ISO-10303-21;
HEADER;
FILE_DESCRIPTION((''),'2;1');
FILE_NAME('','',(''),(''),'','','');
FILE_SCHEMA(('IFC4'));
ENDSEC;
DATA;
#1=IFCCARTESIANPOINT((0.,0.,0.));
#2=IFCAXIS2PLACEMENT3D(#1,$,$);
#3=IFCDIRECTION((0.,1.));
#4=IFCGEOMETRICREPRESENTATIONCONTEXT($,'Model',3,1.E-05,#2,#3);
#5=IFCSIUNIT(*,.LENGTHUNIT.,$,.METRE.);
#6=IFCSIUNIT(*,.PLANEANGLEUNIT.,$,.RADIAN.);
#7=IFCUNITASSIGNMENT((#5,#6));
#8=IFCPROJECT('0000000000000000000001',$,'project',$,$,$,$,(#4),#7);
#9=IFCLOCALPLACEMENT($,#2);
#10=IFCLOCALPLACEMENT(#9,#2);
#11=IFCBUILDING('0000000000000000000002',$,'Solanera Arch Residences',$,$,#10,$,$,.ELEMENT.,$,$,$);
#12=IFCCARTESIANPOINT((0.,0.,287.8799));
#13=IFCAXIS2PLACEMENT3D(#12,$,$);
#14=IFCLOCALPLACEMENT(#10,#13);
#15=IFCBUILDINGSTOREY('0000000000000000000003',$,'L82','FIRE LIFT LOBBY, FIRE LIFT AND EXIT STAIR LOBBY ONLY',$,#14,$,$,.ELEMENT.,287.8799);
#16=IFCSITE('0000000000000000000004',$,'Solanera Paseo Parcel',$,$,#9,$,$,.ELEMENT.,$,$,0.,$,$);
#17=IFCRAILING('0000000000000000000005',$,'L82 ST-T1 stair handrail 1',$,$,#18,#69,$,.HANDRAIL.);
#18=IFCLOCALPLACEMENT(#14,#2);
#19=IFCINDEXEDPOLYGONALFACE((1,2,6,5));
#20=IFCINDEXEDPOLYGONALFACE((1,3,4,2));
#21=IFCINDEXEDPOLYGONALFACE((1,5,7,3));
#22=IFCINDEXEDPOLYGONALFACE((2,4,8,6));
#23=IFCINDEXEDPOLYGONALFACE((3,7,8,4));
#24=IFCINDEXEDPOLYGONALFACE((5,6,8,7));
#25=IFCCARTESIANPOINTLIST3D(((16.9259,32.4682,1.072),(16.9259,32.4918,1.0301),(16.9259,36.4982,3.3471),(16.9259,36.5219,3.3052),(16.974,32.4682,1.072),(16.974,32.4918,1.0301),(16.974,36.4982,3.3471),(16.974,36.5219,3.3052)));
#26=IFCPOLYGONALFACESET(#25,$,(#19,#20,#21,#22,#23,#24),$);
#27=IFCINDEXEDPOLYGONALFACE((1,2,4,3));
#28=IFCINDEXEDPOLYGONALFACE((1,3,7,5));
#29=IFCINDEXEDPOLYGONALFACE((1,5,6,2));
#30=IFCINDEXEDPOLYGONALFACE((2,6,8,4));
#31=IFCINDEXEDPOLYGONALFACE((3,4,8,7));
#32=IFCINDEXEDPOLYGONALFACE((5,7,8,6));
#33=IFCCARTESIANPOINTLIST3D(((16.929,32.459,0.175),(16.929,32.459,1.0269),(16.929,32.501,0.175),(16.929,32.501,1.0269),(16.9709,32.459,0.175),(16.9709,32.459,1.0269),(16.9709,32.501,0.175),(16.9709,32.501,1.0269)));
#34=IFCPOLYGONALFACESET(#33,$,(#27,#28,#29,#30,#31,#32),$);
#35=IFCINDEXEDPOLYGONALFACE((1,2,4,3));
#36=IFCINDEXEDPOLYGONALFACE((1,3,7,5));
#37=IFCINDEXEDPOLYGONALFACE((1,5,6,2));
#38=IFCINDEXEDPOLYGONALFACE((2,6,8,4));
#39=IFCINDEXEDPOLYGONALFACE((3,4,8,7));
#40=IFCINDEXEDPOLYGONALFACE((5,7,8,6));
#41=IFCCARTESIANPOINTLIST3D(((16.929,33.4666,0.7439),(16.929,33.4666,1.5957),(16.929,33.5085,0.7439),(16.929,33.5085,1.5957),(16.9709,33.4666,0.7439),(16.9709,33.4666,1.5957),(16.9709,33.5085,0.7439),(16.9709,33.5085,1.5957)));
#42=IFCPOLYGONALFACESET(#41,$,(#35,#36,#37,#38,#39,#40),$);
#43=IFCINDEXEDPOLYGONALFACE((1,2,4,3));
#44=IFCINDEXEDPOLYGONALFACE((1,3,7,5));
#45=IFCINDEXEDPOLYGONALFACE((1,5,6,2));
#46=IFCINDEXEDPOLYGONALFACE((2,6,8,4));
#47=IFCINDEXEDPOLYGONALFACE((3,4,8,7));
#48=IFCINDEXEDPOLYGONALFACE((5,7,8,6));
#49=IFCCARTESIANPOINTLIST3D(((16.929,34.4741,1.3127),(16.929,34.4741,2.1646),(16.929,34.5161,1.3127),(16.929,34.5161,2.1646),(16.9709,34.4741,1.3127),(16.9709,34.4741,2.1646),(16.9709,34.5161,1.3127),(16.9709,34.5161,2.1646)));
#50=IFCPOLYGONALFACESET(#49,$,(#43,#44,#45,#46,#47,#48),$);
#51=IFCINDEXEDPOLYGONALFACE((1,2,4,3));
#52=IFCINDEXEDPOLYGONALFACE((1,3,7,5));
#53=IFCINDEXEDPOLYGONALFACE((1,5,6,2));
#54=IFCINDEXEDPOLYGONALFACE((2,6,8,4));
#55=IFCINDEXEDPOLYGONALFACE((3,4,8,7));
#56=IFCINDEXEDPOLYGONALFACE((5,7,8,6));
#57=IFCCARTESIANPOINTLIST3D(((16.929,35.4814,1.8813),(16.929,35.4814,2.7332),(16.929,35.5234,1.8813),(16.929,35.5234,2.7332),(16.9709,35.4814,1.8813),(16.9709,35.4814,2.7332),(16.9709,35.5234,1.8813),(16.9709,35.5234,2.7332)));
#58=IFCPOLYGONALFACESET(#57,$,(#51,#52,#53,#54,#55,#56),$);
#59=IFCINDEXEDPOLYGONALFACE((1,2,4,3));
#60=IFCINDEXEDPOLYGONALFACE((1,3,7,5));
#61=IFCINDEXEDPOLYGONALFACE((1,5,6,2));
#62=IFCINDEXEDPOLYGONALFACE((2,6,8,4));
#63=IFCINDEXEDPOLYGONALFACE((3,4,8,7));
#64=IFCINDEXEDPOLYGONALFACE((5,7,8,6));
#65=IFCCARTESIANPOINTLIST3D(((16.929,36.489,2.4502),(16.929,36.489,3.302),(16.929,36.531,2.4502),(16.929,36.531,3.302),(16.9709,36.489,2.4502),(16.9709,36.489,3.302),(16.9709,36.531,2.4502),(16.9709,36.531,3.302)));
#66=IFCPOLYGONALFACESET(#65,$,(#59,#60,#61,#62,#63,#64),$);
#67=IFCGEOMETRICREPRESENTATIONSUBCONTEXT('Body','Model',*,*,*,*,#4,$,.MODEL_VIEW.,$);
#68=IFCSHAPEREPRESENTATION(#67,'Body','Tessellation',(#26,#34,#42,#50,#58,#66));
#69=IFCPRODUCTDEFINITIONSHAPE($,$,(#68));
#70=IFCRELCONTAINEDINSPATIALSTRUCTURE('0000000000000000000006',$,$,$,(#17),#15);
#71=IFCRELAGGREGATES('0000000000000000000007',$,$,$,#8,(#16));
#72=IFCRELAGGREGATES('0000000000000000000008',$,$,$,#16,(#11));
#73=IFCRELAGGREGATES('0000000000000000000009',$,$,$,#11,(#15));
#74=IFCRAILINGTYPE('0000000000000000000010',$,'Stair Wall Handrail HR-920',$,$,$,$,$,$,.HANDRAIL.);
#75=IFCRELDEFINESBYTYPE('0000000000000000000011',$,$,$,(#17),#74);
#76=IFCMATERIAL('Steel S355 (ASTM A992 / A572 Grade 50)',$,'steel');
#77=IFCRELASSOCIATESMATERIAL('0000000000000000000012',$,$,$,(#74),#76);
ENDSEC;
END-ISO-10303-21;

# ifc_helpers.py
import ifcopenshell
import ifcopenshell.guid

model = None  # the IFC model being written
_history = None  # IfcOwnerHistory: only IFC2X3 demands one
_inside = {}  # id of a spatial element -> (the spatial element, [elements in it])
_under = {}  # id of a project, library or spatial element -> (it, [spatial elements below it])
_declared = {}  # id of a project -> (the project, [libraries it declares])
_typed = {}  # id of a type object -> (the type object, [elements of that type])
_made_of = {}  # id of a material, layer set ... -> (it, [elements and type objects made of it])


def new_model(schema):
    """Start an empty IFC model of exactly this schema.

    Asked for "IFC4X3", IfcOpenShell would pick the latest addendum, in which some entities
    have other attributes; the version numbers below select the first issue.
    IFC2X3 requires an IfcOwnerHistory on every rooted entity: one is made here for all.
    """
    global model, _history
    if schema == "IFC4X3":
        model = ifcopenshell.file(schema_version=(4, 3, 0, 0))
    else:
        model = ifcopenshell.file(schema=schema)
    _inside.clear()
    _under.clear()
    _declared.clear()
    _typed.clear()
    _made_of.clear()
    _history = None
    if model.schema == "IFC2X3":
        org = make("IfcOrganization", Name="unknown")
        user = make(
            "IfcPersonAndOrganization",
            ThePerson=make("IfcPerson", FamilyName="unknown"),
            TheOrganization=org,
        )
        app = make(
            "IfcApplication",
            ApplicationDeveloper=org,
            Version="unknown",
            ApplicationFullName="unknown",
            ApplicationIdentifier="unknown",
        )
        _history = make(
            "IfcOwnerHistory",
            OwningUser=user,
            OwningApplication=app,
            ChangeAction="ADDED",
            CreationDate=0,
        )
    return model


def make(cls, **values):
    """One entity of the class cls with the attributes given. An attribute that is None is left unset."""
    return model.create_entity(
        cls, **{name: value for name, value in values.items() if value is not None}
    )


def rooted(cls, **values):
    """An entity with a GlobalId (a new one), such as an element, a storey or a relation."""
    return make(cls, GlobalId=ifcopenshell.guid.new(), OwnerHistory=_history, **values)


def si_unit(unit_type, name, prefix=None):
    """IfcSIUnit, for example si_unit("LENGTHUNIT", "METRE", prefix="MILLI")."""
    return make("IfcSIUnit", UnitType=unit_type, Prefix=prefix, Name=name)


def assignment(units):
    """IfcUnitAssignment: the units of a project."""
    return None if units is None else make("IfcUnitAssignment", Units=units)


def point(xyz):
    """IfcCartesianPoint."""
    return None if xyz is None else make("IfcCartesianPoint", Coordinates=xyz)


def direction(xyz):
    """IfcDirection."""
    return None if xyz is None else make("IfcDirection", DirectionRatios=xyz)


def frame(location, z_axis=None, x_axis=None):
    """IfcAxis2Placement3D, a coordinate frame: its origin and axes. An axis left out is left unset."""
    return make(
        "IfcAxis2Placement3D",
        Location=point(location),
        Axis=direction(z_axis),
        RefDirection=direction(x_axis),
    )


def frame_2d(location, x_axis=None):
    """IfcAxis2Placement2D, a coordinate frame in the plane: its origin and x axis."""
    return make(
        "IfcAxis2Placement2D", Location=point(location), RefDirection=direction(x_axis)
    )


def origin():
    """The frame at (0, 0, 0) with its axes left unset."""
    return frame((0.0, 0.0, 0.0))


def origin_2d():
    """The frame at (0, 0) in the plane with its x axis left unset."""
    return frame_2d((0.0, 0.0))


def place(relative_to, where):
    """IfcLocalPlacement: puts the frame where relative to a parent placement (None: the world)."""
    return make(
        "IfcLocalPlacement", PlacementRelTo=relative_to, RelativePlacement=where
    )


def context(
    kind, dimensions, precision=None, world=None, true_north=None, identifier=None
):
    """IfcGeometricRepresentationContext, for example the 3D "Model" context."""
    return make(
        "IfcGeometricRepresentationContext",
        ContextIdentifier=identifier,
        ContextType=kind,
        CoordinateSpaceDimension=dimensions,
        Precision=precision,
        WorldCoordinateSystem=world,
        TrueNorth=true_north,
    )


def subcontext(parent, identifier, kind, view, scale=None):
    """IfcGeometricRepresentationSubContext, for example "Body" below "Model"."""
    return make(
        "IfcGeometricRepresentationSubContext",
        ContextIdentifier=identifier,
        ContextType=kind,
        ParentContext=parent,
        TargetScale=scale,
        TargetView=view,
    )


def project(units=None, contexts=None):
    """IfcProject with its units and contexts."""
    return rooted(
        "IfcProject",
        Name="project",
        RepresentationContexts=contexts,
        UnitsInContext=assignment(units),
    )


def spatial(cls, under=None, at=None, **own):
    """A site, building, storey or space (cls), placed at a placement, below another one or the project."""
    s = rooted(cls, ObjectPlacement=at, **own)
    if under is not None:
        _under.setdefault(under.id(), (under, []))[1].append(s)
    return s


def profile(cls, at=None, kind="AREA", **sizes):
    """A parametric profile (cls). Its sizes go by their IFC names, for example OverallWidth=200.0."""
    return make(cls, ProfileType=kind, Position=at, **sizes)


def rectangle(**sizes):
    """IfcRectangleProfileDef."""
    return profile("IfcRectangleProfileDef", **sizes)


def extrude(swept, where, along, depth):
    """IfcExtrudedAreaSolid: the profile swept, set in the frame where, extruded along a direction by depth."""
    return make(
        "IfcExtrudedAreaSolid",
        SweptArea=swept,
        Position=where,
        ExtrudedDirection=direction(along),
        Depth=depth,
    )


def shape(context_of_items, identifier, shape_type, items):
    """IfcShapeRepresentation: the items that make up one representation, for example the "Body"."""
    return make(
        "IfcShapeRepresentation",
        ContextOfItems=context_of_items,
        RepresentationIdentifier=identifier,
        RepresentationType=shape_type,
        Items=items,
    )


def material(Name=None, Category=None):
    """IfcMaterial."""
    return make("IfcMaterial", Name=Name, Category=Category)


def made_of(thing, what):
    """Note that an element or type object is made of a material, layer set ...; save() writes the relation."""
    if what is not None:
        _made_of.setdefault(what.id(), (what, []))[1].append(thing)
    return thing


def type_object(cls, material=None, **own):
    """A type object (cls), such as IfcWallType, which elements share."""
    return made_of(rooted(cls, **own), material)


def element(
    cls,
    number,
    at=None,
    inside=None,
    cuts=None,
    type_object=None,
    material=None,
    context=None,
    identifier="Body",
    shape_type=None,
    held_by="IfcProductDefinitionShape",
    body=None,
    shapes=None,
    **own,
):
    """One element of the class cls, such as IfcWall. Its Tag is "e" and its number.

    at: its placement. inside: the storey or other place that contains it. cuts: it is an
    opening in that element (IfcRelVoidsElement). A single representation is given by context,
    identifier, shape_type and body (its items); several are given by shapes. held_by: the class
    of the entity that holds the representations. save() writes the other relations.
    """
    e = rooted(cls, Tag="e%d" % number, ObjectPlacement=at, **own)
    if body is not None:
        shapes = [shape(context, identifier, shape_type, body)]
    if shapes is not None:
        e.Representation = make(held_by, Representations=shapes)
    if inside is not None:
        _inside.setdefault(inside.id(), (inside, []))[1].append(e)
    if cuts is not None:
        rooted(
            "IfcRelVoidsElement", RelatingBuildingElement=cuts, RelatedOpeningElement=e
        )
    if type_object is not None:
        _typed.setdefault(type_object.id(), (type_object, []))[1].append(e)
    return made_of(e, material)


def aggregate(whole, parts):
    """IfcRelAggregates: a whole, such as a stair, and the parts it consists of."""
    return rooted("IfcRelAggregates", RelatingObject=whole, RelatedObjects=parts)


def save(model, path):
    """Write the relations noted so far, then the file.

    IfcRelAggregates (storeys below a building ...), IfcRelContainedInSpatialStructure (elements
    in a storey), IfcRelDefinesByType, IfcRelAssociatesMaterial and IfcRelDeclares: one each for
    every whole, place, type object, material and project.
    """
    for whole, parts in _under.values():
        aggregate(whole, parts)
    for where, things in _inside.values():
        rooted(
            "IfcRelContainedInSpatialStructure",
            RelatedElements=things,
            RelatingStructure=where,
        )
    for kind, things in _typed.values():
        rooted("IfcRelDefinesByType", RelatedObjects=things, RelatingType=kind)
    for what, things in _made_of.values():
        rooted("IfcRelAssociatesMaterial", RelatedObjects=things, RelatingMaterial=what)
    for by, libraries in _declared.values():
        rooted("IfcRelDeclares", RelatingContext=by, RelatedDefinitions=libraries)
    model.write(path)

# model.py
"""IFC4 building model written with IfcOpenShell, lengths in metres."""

from ifc_helpers import new_model, si_unit, direction, frame, origin, origin_2d, place, context, subcontext, project, spatial, rectangle, extrude, material, type_object, element, save


model = new_model("IFC4")

# Units and contexts
model_context = context("Model", 3, precision=1e-05, world=origin(), true_north=direction((0.0, 1.0)))
body_context = subcontext(model_context, "Body", "Model", "MODEL_VIEW")
ifc_project = project(units=[si_unit("LENGTHUNIT", "METRE"), si_unit("PLANEANGLEUNIT", "RADIAN")], contexts=[model_context])

# Site, building, storey
site_placement = place(None, origin())
site = spatial("IfcSite", under=ifc_project, at=site_placement, Name="Solanera Paseo Parcel", CompositionType="ELEMENT", RefElevation=0.0)
building_placement = place(site_placement, origin())
building = spatial("IfcBuilding", under=site, at=building_placement, Name="Solanera Arch Residences", CompositionType="ELEMENT")
storey_placement = place(building_placement, frame((0.0, 0.0, 287.8799)))
storey = spatial("IfcBuildingStorey", under=building, at=storey_placement, Name="L82", Description="FIRE LIFT LOBBY, FIRE LIFT AND EXIT STAIR LOBBY ONLY", CompositionType="ELEMENT", Elevation=287.8799)

# Railing
ifc_material_1 = material(Name="Steel S355 (ASTM A992 / A572 Grade 50)", Category="steel")
railing_type = type_object("IfcRailingType", Name="Stair Wall Handrail HR-920", PredefinedType="HANDRAIL", material=ifc_material_1)
railing_placement = place(storey_placement, frame((16.95, 32.48, 0.175)))
element("IfcRailing", 1, at=railing_placement, inside=storey, type_object=railing_type, Name="L82 ST-T1 stair handrail 1", PredefinedType="HANDRAIL", context=body_context, shape_type="SweptSolid", body=[
    extrude(rectangle(XDim=0.0481, YDim=0.0481, at=origin_2d()), frame((0.0, 0.0, 0.876), z_axis=(0.0, 0.870812, 0.491616), x_axis=(-1.0, 0.0, 0.0)), (0.0, 0.0, 1.0), 4.6279),
    extrude(rectangle(XDim=0.042, YDim=0.042, at=origin_2d()), origin(), (0.0, 0.0, 1.0), 0.8518),
    extrude(rectangle(XDim=0.042, YDim=0.042, at=origin_2d()), frame((0.0, 1.0076, 0.5688)), (0.0, 0.0, 1.0), 0.8518),
    extrude(rectangle(XDim=0.042, YDim=0.042, at=origin_2d()), frame((0.0, 2.0151, 1.1377)), (0.0, 0.0, 1.0), 0.8518),
    extrude(rectangle(XDim=0.042, YDim=0.042, at=origin_2d()), frame((0.0, 3.0225, 1.7063)), (0.0, 0.0, 1.0), 0.8518),
    extrude(rectangle(XDim=0.042, YDim=0.042, at=origin_2d()), frame((0.0, 4.03, 2.2751)), (0.0, 0.0, 1.0), 0.8518),
])

save(model, "model.ifc")
